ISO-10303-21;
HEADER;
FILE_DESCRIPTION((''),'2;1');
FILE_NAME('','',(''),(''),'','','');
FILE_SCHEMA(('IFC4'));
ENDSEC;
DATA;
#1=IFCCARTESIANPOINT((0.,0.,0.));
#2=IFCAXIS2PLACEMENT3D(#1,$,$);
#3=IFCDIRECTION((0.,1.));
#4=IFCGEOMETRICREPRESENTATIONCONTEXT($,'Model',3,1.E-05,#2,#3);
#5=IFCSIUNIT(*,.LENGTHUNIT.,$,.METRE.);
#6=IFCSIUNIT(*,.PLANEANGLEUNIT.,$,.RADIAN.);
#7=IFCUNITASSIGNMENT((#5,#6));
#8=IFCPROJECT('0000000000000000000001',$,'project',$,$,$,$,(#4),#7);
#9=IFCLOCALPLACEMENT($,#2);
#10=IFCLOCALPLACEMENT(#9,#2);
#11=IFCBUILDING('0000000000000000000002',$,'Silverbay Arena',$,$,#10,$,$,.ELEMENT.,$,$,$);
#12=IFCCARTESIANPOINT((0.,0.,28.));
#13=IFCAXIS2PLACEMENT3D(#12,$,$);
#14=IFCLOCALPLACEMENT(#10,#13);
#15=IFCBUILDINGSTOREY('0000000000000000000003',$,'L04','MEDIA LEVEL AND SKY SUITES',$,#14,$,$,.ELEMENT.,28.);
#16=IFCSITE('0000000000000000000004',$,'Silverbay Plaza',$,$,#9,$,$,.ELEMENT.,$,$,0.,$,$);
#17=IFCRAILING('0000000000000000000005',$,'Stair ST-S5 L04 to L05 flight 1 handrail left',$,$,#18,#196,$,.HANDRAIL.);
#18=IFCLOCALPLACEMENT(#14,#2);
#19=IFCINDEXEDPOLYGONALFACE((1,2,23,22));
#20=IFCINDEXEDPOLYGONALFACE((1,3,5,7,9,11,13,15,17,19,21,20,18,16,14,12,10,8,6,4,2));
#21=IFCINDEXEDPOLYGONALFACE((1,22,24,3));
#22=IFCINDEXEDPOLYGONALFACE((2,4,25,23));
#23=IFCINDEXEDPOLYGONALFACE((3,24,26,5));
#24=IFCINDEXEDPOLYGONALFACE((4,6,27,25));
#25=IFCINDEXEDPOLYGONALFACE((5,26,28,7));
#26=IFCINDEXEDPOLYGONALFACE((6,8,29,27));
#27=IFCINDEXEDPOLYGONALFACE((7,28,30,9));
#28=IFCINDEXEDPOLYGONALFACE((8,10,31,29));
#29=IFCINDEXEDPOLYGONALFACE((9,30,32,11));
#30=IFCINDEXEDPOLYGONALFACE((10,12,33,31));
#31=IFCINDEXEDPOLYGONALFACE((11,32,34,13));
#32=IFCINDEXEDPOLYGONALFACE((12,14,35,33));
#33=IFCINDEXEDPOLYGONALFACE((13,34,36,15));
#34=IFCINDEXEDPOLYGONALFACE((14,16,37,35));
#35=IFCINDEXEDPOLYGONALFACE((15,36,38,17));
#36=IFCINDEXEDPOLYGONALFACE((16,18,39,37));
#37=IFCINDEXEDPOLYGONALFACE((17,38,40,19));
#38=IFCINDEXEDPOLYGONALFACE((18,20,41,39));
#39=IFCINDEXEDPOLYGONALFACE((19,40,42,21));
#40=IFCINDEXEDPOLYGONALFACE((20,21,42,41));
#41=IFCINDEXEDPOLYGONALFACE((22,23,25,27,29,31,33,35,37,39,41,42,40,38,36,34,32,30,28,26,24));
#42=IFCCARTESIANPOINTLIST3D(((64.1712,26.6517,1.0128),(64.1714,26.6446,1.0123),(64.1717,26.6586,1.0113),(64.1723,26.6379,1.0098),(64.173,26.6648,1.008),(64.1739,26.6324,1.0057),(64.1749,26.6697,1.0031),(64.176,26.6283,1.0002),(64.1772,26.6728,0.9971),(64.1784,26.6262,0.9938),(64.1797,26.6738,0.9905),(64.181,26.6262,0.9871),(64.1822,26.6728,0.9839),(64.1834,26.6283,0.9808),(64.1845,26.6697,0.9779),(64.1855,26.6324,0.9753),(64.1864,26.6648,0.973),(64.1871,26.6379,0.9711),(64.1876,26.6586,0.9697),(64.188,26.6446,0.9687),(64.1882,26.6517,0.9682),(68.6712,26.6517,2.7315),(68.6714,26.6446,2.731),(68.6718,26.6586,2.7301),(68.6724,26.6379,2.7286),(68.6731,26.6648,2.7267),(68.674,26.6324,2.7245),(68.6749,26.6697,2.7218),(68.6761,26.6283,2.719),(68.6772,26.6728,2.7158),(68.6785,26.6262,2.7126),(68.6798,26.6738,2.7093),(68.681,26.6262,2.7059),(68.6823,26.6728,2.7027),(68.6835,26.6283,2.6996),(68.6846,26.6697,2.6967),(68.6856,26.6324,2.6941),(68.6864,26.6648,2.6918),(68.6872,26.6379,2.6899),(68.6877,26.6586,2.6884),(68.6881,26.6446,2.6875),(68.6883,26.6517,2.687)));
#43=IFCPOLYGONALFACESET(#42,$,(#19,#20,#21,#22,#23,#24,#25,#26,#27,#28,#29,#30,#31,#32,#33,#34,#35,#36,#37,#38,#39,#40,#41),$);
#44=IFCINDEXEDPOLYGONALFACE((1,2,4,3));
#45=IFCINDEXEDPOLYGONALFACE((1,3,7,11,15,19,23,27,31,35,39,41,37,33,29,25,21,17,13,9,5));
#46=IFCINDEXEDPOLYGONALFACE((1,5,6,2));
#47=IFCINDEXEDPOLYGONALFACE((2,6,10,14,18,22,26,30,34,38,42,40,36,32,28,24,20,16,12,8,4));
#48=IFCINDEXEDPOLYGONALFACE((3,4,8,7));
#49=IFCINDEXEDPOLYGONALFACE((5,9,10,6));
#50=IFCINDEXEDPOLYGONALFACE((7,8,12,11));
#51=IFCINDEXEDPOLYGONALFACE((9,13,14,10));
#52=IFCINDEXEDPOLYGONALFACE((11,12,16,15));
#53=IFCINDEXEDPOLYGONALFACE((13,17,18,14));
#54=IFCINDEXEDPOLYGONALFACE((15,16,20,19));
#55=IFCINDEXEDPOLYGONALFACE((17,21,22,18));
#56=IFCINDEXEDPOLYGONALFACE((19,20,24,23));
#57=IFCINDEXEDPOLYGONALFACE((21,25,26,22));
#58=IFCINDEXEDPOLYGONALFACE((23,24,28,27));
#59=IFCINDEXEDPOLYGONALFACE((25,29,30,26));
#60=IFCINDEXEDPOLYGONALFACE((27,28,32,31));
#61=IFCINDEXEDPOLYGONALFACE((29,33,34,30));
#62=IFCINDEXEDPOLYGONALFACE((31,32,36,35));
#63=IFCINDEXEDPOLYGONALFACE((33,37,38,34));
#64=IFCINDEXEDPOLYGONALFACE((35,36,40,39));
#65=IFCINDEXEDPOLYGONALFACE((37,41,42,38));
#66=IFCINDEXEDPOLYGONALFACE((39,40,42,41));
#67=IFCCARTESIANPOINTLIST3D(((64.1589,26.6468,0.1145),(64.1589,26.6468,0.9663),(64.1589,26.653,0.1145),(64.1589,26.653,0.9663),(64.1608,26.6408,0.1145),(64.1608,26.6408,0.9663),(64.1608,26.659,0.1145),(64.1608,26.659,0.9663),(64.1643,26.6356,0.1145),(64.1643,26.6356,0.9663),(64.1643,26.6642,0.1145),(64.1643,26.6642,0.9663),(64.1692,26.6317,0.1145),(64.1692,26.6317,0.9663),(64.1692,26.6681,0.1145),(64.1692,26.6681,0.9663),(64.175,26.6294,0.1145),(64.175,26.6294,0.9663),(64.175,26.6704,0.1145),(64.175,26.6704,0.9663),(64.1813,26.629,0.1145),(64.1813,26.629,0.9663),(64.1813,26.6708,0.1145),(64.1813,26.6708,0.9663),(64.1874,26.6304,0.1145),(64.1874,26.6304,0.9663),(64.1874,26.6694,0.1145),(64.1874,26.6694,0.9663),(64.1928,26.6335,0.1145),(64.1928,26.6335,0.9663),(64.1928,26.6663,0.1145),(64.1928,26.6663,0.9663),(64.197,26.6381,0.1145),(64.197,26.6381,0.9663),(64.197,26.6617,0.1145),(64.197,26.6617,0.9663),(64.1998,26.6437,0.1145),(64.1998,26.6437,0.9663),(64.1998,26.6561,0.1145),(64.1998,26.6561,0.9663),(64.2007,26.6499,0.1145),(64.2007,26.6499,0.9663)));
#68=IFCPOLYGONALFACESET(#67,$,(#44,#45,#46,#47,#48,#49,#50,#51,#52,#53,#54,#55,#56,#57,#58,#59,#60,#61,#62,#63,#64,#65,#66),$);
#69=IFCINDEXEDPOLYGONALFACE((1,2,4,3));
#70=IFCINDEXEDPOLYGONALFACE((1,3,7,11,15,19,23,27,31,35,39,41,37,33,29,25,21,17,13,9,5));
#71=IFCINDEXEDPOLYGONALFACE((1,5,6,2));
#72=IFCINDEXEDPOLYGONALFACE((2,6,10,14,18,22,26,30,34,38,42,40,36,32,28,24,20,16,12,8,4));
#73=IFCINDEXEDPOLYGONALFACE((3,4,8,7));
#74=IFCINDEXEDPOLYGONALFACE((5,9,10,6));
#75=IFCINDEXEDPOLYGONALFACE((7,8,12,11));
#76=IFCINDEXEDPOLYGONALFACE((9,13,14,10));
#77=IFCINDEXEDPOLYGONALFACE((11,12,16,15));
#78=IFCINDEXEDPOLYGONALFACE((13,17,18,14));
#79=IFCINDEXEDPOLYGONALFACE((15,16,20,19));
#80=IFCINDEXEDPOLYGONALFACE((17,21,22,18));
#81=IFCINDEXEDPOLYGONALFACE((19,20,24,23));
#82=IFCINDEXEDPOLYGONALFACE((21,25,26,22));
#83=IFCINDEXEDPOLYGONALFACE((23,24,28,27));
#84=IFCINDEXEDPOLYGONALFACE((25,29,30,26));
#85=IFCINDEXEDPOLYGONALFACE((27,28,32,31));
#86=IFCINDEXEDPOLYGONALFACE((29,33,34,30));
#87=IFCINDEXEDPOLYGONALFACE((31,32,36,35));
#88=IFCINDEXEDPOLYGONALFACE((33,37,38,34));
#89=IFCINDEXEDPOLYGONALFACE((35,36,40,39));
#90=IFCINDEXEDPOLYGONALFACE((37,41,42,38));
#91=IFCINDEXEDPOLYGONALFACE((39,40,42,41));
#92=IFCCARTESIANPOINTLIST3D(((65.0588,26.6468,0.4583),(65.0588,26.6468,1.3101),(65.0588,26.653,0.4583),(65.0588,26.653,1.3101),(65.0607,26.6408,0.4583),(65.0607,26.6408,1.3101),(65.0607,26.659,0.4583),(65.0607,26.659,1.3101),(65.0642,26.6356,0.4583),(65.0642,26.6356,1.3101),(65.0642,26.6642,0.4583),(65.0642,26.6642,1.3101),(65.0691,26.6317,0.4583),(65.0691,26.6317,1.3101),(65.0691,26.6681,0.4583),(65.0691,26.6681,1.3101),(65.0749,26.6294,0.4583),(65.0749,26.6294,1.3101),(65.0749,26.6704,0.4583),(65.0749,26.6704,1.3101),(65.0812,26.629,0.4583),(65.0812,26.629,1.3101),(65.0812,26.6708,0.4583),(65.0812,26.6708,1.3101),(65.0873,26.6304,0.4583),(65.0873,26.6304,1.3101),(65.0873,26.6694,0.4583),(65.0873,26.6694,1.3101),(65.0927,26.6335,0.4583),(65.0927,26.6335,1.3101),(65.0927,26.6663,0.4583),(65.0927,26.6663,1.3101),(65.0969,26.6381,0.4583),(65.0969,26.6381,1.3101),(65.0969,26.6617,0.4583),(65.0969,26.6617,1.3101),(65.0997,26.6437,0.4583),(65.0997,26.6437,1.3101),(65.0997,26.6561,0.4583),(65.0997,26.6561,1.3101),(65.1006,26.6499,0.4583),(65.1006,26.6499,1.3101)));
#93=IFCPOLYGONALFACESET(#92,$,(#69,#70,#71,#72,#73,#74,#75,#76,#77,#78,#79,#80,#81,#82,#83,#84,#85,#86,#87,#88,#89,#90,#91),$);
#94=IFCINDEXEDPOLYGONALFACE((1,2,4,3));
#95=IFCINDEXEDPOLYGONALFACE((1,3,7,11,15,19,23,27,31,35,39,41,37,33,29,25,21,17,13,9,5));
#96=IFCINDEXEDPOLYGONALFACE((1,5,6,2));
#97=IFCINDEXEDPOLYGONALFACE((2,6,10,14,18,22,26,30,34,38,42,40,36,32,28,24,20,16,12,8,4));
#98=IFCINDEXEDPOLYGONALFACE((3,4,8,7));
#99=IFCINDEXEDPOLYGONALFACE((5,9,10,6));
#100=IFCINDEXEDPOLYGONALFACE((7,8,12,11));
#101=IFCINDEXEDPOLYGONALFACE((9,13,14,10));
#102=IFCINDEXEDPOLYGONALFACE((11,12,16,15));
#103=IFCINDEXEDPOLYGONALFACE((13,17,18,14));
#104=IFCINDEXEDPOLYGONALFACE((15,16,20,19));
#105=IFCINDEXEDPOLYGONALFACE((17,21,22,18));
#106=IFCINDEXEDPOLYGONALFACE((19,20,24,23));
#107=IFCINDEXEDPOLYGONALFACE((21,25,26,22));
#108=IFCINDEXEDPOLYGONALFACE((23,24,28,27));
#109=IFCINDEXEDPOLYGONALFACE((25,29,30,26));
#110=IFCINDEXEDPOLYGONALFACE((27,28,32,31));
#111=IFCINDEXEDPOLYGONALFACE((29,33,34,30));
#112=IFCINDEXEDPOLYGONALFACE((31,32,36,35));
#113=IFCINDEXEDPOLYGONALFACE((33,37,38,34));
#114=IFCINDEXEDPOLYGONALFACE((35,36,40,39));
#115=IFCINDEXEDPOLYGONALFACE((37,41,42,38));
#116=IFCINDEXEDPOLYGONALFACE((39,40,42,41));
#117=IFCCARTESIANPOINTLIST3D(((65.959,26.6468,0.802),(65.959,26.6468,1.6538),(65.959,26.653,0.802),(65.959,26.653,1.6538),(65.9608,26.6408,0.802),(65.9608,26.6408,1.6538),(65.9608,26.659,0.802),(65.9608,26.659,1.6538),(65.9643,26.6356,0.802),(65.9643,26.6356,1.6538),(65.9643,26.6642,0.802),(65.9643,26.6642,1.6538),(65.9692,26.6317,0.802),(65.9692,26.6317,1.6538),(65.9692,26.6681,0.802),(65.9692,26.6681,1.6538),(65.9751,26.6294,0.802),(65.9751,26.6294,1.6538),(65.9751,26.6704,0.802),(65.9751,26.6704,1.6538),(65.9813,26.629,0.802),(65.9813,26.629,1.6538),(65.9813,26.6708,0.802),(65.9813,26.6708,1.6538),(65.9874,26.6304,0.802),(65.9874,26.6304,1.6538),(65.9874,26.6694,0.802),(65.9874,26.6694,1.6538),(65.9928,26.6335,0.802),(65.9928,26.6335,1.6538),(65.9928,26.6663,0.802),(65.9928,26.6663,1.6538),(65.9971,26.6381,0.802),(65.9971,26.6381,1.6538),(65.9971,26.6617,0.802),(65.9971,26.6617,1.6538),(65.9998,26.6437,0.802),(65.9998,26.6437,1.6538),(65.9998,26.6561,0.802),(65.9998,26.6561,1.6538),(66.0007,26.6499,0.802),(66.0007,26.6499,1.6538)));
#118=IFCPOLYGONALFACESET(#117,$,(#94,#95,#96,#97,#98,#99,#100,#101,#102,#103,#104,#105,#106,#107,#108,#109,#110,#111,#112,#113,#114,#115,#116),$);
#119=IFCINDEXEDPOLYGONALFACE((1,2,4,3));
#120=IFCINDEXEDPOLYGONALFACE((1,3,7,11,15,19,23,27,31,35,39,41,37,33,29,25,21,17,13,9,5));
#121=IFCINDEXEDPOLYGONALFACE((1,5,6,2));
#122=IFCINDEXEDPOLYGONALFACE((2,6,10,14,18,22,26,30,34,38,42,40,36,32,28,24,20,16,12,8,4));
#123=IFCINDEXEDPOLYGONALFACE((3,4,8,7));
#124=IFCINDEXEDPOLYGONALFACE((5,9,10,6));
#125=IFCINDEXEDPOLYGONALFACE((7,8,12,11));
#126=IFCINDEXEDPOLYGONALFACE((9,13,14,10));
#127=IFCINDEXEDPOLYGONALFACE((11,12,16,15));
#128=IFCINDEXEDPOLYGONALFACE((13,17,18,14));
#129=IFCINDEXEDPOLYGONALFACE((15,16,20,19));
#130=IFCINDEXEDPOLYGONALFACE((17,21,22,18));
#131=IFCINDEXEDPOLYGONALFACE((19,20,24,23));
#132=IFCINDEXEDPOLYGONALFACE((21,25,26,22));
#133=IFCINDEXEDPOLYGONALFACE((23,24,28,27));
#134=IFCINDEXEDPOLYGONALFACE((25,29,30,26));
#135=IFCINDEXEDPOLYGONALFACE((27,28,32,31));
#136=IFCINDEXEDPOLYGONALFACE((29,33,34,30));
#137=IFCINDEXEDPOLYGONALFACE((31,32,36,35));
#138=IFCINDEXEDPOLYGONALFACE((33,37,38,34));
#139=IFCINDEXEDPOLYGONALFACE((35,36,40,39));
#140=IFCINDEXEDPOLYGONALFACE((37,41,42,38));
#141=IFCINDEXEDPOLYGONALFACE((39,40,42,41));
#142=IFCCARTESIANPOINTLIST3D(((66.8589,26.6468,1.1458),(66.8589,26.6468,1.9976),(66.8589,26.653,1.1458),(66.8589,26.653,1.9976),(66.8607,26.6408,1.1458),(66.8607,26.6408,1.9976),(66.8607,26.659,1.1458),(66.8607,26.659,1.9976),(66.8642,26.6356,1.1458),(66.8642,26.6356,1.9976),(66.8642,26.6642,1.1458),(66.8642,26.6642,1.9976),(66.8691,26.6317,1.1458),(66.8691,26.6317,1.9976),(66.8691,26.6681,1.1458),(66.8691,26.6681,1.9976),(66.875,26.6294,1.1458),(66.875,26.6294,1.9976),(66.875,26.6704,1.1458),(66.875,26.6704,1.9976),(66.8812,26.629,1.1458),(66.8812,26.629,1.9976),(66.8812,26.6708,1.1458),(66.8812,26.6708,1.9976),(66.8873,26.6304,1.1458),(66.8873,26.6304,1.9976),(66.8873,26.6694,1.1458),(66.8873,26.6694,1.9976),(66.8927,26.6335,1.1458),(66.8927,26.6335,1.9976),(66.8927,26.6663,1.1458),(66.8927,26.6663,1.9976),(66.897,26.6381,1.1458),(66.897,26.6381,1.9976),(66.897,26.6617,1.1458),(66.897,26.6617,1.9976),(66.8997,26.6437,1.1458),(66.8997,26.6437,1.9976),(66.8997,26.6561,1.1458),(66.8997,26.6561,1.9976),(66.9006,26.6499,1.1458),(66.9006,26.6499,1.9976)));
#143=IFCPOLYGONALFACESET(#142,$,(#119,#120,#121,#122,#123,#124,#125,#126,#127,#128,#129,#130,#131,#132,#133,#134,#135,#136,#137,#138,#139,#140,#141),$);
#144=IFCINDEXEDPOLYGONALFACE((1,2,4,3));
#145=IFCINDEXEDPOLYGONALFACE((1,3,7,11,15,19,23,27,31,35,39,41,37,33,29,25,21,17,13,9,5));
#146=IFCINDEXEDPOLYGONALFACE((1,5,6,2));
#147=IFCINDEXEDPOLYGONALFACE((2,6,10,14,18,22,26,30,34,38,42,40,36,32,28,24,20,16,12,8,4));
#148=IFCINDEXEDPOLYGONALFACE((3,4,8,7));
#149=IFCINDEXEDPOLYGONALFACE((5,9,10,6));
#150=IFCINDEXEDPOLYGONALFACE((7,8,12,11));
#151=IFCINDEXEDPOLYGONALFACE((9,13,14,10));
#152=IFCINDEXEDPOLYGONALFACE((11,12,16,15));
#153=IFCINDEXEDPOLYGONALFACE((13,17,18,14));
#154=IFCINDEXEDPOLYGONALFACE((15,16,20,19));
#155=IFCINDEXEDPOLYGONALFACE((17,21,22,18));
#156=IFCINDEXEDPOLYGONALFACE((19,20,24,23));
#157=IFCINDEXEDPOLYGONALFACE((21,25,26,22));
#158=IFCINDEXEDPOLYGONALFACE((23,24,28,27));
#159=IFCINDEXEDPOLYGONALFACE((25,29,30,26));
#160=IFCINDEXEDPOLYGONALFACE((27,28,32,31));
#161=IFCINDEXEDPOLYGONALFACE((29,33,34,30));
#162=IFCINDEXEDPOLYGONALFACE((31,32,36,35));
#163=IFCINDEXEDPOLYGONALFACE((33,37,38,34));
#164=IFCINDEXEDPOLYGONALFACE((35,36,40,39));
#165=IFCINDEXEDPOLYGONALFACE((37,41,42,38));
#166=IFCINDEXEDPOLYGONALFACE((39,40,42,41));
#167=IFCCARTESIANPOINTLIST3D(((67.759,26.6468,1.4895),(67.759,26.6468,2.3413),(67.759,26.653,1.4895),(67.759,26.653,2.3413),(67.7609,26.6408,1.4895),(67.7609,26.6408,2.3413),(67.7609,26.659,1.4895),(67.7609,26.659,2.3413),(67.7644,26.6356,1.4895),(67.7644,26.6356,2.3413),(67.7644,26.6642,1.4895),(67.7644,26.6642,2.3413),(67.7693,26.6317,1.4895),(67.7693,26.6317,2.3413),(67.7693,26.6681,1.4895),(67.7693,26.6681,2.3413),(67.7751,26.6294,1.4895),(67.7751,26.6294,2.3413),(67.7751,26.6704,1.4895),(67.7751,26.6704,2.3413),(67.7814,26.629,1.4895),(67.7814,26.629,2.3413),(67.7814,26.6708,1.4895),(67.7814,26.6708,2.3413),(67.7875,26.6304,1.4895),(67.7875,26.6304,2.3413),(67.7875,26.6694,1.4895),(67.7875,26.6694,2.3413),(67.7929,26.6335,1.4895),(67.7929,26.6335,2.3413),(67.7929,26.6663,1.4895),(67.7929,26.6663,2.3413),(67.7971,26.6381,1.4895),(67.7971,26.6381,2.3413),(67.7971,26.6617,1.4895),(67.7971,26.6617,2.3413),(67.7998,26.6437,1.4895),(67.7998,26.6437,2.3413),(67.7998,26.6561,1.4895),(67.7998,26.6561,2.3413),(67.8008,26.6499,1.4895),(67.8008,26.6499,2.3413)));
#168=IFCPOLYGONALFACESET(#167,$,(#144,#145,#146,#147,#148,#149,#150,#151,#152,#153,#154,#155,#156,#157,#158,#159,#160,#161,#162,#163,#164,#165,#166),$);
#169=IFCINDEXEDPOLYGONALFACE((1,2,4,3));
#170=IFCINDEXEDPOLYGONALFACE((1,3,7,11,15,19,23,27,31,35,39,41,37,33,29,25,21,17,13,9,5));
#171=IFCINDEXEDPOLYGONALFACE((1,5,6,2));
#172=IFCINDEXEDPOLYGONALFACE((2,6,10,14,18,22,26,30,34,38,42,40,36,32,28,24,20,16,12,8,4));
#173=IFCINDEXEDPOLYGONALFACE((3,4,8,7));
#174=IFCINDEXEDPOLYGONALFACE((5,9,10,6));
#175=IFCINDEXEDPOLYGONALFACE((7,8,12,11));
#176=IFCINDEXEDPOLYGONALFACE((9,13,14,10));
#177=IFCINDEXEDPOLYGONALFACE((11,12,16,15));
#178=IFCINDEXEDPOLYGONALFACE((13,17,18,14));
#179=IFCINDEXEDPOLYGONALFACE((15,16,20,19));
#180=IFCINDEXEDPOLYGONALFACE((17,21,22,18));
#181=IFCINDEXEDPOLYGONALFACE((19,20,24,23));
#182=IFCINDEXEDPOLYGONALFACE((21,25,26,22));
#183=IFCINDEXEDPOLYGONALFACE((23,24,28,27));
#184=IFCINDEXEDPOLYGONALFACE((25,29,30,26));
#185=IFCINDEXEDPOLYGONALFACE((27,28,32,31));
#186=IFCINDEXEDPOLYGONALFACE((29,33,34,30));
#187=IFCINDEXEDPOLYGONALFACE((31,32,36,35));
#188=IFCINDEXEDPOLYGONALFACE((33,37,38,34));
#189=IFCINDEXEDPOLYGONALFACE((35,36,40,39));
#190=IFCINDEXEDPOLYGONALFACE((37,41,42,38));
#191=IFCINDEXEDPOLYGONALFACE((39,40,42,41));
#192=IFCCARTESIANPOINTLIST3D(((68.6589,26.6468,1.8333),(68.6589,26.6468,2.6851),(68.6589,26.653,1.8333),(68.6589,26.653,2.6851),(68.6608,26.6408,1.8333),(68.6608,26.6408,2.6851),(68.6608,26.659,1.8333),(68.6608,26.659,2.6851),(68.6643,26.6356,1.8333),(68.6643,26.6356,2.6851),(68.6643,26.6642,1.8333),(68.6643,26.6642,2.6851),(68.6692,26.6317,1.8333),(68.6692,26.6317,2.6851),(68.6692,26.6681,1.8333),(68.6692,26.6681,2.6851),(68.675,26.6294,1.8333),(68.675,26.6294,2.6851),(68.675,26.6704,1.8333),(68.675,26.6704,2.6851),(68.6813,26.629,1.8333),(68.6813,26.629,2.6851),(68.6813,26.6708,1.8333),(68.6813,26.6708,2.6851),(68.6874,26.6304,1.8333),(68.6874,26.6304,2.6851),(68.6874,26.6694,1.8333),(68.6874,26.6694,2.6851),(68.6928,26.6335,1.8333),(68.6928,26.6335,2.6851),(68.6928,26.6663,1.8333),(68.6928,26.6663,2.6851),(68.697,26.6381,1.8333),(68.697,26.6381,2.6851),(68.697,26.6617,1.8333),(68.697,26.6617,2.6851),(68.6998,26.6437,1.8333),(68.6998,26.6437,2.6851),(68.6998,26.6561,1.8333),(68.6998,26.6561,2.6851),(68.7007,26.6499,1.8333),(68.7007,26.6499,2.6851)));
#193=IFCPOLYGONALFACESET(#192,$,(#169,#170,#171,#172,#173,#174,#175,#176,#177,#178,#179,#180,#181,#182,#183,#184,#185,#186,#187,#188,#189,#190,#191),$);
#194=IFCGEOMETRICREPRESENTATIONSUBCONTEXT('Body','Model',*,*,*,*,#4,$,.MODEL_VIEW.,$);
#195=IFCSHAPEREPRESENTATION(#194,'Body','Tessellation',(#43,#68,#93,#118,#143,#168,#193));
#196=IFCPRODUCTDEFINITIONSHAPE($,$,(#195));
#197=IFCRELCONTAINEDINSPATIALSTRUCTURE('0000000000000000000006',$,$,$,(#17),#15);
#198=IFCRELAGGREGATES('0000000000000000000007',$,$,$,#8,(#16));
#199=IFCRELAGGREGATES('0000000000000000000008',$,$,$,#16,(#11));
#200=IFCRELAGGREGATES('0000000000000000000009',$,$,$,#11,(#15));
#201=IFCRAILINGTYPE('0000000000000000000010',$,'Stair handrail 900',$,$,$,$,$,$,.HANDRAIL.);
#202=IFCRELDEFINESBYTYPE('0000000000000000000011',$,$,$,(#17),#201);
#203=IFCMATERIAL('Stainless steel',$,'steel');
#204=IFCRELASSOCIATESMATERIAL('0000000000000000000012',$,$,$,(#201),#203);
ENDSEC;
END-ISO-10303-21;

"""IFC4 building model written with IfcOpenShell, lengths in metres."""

from ifc_helpers import new_model, si_unit, direction, frame, origin, origin_2d, place, context, subcontext, project, spatial, circle, extrude, material, type_object, element, save


model = new_model("IFC4")

# Units and contexts
model_context = context("Model", 3, precision=1e-05, world=origin(), true_north=direction((0.0, 1.0)))
body_context = subcontext(model_context, "Body", "Model", "MODEL_VIEW")
ifc_project = project(units=[si_unit("LENGTHUNIT", "METRE"), si_unit("PLANEANGLEUNIT", "RADIAN")], contexts=[model_context])

# Site, building, storey
site_placement = place(None, origin())
site = spatial("IfcSite", under=ifc_project, at=site_placement, Name="Silverbay Plaza", CompositionType="ELEMENT", RefElevation=0.0)
building_placement = place(site_placement, origin())
building = spatial("IfcBuilding", under=site, at=building_placement, Name="Silverbay Arena", CompositionType="ELEMENT")
storey_placement = place(building_placement, frame((0.0, 0.0, 28.0)))
storey = spatial("IfcBuildingStorey", under=building, at=storey_placement, Name="L04", Description="MEDIA LEVEL AND SKY SUITES", CompositionType="ELEMENT", Elevation=28.0)

# Railing
ifc_material_1 = material(Name="Stainless steel", Category="steel")
railing_type_1 = type_object("IfcRailingType", Name="Stair handrail 900", PredefinedType="HANDRAIL", material=ifc_material_1)
for number, where, name in (
    (1, (64.1797, 26.6499, 0.1145), "Stair ST-S5 L04 to L05 flight 1 handrail left"),
):
    element("IfcRailing", number, at=place(storey_placement, frame(where)), inside=storey, type_object=railing_type_1, Name=name, PredefinedType="HANDRAIL", context=body_context, shape_type="SweptSolid", body=[
        extrude(circle(Radius=0.0239, at=origin_2d()), frame((0.0, 0.0, 0.876), z_axis=(0.934179, 0.0, 0.356805), x_axis=(0.0, 1.0, 0.0)), (0.0, 0.0, 1.0), 4.8171),
        extrude(circle(Radius=0.021, at=origin_2d()), origin(), (0.0, 0.0, 1.0), 0.8518),
        extrude(circle(Radius=0.021, at=origin_2d()), frame((0.8999, 0.0, 0.3438)), (0.0, 0.0, 1.0), 0.8518),
        extrude(circle(Radius=0.021, at=origin_2d()), frame((1.8, 0.0, 0.6875)), (0.0, 0.0, 1.0), 0.8518),
        extrude(circle(Radius=0.021, at=origin_2d()), frame((2.7, 0.0, 1.0312)), (0.0, 0.0, 1.0), 0.8518),
        extrude(circle(Radius=0.021, at=origin_2d()), frame((3.6001, 0.0, 1.375)), (0.0, 0.0, 1.0), 0.8518),
        extrude(circle(Radius=0.021, at=origin_2d()), frame((4.5, 0.0, 1.7188)), (0.0, 0.0, 1.0), 0.8518),
    ])

save(model, "model.ifc")
